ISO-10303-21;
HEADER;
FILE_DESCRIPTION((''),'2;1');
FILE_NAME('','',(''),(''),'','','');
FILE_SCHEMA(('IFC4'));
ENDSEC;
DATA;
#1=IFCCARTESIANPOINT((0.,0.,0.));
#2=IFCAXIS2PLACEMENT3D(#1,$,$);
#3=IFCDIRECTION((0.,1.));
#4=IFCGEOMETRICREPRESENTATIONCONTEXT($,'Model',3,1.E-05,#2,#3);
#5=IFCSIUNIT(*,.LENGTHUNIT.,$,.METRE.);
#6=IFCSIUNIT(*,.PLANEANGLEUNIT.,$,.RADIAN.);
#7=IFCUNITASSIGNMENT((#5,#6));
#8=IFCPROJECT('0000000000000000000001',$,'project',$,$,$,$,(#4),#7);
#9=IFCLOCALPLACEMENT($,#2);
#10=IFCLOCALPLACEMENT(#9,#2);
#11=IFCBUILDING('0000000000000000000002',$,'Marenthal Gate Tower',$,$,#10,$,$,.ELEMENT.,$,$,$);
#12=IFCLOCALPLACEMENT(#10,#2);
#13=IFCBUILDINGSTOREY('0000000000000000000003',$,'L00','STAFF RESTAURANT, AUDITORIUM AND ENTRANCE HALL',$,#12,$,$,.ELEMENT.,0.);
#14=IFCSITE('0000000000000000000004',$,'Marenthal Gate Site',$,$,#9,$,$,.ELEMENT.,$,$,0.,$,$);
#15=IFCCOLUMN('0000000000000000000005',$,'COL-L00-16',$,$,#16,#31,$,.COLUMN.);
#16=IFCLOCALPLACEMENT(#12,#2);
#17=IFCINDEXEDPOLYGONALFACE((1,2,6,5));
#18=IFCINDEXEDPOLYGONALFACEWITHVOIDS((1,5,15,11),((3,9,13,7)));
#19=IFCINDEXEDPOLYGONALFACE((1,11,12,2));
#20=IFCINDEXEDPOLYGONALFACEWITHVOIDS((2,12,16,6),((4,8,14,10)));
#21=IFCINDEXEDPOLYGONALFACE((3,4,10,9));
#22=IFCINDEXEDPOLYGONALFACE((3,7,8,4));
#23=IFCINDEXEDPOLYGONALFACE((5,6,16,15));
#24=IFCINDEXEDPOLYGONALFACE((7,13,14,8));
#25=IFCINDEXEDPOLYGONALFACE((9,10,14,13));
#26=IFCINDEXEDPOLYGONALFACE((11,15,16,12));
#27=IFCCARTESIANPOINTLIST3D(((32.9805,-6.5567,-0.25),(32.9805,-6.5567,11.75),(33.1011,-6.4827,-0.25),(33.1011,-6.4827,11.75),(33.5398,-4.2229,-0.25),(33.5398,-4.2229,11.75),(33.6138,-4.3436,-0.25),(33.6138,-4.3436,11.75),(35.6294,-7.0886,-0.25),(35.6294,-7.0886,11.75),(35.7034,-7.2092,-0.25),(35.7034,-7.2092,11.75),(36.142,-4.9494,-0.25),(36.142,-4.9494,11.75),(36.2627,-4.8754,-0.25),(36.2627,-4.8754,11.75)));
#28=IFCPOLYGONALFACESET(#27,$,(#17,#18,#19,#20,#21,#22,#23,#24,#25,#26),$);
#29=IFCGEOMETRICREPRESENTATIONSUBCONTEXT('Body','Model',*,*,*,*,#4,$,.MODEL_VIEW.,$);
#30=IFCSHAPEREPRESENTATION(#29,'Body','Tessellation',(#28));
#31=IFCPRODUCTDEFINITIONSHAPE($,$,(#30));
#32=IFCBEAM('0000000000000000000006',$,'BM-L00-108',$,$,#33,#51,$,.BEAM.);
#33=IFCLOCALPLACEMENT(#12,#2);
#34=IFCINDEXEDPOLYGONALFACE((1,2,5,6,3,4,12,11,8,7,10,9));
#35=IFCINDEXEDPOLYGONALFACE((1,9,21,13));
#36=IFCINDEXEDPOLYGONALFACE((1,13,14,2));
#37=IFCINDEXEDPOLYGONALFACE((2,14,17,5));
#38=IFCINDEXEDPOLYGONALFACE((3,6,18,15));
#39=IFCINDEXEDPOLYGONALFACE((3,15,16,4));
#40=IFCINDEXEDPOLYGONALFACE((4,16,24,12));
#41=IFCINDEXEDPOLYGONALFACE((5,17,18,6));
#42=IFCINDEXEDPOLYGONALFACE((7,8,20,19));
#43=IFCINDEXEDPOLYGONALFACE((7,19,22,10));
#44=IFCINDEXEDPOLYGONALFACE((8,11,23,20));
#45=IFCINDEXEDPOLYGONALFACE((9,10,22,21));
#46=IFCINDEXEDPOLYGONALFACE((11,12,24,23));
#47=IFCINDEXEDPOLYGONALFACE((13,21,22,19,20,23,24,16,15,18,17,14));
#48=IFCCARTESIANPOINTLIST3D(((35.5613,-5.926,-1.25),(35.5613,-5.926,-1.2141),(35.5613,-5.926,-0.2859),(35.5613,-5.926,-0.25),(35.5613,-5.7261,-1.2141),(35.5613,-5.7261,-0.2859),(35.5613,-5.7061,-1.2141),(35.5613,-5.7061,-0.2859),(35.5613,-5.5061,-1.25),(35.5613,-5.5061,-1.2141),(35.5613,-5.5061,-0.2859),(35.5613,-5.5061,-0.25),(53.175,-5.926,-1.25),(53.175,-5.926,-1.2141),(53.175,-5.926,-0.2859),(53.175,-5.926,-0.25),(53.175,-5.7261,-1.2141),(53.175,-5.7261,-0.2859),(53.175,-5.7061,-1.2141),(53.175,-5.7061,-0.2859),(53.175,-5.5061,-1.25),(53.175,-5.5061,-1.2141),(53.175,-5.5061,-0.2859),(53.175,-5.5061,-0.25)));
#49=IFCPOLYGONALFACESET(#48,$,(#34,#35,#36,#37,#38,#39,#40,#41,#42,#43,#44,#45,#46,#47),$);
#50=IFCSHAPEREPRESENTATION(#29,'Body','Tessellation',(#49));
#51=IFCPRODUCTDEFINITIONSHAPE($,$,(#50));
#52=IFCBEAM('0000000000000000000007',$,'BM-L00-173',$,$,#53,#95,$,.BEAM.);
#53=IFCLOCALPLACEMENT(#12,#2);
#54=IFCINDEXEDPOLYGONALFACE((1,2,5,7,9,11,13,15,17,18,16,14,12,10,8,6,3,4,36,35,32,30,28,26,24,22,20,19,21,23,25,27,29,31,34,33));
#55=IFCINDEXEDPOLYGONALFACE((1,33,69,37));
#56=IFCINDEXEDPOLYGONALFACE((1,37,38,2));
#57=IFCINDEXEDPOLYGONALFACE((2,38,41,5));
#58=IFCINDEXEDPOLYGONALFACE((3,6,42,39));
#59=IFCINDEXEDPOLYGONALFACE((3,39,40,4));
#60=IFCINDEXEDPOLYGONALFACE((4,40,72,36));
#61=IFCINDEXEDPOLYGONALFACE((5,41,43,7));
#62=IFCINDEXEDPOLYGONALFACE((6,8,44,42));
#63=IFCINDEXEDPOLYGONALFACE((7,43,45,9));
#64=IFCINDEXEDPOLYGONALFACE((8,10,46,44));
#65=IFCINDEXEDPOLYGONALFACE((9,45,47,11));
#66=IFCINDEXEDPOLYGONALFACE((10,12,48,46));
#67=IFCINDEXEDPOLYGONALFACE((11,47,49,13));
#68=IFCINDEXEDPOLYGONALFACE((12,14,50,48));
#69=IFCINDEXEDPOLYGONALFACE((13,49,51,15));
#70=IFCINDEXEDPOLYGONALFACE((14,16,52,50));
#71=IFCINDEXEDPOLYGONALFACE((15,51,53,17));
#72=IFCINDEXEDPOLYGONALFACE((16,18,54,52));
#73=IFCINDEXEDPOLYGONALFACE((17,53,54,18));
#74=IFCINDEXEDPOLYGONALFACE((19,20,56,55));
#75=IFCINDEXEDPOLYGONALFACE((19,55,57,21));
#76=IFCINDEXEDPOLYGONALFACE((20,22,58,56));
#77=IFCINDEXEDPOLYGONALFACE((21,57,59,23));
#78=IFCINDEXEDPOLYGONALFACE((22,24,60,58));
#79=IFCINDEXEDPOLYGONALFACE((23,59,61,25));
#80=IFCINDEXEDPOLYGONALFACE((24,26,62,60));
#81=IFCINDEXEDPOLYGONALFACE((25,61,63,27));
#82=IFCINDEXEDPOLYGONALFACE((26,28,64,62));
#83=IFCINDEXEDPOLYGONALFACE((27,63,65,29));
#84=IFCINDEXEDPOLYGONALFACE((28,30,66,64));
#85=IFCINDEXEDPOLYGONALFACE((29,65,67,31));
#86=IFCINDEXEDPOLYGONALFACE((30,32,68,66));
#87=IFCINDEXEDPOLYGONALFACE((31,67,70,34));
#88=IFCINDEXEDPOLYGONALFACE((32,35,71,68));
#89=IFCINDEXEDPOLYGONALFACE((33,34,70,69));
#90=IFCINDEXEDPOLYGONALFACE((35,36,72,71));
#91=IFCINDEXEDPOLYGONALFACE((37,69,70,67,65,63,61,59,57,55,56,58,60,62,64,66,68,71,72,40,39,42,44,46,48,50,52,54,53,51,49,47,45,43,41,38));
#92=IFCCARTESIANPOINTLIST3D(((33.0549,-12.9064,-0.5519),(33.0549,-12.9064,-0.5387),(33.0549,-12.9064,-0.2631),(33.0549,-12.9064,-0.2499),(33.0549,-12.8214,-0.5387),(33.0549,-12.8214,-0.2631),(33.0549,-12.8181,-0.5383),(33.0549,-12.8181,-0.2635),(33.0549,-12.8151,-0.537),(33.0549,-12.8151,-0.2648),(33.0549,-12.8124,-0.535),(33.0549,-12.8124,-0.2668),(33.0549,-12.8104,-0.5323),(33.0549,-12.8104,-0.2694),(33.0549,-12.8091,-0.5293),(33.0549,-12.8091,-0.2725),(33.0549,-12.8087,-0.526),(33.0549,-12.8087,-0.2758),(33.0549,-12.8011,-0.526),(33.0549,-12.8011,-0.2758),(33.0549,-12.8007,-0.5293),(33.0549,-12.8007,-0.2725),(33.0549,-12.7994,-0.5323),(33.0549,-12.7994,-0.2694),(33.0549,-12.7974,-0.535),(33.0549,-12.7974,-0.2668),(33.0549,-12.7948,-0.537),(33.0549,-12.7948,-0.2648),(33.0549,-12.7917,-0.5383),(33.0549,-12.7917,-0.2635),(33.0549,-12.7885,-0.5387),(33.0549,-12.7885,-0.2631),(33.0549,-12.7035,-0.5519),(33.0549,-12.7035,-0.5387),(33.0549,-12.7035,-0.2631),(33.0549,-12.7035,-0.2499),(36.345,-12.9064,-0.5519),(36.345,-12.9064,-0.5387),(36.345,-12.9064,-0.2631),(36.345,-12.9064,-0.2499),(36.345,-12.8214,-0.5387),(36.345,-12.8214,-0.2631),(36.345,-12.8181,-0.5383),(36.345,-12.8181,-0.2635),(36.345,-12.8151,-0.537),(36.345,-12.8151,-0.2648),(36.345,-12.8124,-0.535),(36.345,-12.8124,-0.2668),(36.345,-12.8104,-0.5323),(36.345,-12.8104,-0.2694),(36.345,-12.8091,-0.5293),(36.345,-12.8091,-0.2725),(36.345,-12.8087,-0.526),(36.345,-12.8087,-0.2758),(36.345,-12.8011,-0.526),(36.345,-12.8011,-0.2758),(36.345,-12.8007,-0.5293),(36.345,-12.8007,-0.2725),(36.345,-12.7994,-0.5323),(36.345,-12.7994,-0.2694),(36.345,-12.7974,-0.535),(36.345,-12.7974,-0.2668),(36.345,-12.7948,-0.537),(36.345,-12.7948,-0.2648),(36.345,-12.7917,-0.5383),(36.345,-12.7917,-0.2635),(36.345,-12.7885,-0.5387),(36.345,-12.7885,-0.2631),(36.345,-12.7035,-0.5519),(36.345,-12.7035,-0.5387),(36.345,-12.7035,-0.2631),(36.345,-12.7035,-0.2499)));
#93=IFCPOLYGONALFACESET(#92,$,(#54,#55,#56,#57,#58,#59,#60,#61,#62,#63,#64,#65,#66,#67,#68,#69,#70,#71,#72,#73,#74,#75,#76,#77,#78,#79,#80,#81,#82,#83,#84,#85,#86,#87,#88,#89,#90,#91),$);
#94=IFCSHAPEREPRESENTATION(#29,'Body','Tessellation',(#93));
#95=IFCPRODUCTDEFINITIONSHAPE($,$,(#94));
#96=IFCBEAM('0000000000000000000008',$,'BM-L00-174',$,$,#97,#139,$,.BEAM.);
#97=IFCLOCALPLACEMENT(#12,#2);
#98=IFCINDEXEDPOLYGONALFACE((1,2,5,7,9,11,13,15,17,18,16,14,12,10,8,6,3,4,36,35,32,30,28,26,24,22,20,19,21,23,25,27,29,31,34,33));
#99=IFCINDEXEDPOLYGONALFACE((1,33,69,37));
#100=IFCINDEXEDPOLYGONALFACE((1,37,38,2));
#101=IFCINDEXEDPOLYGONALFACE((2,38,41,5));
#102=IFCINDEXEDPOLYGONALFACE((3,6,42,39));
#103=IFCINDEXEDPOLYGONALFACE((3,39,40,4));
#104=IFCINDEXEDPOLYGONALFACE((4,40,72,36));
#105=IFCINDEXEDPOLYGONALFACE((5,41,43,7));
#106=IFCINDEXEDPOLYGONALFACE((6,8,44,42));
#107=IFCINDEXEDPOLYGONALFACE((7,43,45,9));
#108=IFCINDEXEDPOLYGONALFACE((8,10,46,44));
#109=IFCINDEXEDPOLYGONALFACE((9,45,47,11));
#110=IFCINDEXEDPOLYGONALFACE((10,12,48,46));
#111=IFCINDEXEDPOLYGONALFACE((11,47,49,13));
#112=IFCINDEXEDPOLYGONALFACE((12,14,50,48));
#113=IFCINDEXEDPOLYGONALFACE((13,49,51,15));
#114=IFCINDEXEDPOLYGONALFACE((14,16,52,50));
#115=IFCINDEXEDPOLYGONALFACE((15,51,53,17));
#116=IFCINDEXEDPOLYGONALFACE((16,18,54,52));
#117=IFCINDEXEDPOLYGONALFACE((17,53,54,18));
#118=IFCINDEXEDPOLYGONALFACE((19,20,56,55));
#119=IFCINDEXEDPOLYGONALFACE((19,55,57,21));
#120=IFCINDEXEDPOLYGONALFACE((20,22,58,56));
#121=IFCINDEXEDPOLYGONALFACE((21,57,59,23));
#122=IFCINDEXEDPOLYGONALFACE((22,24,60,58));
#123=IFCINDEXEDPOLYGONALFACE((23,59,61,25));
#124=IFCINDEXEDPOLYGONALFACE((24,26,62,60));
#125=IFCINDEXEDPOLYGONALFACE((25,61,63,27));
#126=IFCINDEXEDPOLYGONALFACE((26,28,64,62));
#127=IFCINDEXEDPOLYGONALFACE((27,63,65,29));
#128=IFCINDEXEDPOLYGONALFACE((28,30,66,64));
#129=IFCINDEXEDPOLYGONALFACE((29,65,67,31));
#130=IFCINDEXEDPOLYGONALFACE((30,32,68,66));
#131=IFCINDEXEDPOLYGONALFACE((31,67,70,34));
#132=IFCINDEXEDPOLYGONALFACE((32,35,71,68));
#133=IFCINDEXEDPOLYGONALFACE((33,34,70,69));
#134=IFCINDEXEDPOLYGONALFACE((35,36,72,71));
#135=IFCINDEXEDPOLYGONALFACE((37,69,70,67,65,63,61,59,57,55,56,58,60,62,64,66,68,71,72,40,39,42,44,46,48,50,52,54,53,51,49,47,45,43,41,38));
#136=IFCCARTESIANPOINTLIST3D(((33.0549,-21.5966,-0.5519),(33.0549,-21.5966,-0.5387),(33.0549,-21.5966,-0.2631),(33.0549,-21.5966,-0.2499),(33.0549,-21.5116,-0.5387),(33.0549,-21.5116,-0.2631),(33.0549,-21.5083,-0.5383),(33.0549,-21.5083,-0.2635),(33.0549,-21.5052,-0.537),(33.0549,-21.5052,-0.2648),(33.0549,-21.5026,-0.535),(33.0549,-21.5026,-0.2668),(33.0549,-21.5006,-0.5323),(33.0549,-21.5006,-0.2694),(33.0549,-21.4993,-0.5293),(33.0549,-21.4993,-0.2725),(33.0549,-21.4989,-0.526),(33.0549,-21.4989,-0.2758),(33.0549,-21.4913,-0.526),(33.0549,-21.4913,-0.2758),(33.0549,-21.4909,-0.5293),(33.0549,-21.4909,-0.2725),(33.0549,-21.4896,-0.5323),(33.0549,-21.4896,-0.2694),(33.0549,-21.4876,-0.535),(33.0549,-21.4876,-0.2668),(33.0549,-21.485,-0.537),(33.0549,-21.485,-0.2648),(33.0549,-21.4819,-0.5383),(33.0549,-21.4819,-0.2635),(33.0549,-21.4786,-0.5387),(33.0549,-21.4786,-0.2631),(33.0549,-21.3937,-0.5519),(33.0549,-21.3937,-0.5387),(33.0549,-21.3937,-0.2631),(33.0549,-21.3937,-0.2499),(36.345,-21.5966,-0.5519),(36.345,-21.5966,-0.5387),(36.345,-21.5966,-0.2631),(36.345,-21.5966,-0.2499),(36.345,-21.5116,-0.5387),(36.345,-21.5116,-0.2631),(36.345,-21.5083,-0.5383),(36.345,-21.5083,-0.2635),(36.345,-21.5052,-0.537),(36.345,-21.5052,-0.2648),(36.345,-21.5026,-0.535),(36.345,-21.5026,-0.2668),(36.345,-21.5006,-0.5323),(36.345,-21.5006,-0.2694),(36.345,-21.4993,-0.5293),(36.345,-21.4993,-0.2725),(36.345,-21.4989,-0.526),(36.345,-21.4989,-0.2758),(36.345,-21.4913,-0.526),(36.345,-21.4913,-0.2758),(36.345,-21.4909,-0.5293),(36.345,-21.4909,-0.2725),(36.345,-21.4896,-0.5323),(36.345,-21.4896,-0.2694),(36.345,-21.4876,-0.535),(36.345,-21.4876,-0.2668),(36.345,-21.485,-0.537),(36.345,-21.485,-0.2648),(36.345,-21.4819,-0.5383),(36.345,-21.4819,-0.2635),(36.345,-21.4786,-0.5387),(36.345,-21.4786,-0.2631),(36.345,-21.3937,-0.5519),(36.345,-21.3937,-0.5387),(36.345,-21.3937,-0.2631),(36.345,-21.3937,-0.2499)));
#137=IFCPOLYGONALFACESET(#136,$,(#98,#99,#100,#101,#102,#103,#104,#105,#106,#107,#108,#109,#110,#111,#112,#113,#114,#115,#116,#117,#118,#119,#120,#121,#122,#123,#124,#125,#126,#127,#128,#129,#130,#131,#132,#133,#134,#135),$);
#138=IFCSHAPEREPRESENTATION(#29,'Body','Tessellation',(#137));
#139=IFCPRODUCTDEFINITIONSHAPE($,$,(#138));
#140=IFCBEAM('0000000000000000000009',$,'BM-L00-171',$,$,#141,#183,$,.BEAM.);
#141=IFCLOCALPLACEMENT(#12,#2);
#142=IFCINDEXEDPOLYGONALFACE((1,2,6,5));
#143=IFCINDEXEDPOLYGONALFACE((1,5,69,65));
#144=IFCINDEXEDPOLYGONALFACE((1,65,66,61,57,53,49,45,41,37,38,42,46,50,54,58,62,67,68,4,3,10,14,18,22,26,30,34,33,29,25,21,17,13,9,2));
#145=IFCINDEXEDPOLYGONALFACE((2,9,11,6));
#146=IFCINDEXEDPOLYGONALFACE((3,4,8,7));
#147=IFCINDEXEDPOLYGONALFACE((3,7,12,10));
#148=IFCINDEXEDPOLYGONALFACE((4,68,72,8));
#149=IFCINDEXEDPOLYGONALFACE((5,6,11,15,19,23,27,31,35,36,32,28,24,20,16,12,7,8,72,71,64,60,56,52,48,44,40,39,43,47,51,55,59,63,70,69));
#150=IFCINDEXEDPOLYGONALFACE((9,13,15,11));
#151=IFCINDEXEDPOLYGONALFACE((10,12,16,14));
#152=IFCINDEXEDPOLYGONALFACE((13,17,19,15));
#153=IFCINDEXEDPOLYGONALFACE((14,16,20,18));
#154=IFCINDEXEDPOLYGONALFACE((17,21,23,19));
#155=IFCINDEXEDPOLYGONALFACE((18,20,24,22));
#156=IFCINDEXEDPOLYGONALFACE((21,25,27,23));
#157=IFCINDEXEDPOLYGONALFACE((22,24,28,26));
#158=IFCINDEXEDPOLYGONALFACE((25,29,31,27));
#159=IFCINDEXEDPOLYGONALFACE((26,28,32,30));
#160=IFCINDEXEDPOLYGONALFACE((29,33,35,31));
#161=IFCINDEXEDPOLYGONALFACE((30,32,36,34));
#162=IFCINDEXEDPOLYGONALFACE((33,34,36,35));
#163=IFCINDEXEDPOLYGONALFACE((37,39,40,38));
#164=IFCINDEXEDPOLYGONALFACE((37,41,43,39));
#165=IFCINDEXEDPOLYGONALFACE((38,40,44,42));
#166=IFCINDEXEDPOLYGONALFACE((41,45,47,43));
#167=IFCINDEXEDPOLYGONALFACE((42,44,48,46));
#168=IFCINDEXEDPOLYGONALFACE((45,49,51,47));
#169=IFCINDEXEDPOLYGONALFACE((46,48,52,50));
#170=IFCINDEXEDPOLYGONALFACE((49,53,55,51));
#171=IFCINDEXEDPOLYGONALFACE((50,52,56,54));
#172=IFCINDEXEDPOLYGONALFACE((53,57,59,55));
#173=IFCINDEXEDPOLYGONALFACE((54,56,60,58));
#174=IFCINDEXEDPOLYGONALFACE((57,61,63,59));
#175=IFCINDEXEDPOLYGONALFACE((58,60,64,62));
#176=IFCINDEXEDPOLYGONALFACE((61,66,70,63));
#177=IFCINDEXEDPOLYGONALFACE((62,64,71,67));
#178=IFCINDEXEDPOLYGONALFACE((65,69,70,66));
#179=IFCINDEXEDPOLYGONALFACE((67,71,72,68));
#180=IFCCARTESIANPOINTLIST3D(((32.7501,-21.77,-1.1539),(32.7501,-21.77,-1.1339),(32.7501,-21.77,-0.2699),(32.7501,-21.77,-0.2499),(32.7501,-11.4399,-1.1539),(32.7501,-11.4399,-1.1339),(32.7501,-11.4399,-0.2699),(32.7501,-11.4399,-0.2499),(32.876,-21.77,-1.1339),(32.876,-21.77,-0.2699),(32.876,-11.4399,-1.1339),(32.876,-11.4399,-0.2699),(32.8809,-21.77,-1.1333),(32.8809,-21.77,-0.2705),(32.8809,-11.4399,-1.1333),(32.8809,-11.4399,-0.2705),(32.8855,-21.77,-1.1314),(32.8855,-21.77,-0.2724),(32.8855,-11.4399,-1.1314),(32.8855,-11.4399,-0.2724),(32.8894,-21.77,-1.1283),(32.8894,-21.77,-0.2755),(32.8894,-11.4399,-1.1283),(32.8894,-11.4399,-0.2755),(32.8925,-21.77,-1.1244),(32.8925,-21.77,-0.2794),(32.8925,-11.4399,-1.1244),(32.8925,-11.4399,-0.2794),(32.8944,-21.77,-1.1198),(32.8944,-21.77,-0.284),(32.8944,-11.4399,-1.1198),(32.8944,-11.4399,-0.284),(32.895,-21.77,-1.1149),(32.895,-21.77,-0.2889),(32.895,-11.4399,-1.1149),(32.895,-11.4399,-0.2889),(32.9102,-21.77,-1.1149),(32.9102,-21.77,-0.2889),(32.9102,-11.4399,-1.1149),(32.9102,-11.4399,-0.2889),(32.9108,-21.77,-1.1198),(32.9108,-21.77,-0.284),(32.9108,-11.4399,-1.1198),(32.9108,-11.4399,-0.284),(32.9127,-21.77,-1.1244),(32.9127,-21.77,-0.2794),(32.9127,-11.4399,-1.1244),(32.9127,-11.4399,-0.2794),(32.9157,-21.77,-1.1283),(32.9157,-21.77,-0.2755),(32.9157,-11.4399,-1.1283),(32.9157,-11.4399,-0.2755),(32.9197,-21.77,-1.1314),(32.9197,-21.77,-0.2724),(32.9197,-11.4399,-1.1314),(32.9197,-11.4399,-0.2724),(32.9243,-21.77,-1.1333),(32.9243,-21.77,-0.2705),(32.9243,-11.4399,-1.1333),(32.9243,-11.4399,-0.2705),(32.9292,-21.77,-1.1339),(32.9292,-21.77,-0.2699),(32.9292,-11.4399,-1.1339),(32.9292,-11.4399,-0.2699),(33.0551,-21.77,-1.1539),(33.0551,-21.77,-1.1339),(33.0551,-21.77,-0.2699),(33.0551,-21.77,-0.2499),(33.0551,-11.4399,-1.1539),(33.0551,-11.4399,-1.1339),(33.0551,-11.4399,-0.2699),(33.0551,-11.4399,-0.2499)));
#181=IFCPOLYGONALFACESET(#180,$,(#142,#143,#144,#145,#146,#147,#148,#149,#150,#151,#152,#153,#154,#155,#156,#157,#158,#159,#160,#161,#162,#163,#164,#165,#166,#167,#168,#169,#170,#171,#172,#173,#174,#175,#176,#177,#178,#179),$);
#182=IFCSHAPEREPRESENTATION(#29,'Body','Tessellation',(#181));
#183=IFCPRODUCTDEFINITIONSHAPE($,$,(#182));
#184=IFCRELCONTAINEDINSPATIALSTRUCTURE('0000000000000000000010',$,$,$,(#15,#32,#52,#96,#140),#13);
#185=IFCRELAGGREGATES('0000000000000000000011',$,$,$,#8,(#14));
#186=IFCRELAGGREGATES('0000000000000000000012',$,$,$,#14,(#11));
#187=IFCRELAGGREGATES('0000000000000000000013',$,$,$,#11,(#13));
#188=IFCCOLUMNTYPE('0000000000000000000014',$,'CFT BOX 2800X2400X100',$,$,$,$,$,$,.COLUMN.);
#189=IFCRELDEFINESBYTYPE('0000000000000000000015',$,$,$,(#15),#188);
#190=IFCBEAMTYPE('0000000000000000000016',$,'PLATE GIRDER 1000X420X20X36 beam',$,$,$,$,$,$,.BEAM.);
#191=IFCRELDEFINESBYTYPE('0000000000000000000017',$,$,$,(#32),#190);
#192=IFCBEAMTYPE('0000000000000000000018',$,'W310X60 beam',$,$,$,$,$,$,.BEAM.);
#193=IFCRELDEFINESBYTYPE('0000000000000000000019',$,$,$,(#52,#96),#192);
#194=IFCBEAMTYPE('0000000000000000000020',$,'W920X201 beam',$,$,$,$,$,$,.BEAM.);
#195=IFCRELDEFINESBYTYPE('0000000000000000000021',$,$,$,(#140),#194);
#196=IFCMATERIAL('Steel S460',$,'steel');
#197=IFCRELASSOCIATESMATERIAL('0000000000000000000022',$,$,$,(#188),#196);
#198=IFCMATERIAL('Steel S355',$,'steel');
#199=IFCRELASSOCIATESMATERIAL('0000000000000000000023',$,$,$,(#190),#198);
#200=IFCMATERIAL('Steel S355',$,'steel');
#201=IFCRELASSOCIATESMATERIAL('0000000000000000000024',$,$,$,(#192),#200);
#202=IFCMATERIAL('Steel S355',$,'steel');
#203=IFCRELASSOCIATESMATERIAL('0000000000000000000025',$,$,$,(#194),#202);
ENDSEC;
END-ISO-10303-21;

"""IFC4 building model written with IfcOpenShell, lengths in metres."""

from ifc_helpers import new_model, si_unit, direction, frame, origin, origin_2d, place, context, subcontext, project, spatial, rectangle, hollow_rectangle, i_section, extrude, material, material_profile, profile_set, type_object, element, save


model = new_model("IFC4")

# Units and contexts
model_context = context("Model", 3, precision=1e-05, world=origin(), true_north=direction((0.0, 1.0)))
body_context = subcontext(model_context, "Body", "Model", "MODEL_VIEW")
ifc_project = project(units=[si_unit("LENGTHUNIT", "METRE"), si_unit("PLANEANGLEUNIT", "RADIAN")], contexts=[model_context])

# Site, building, storey
site_placement = place(None, origin())
site = spatial("IfcSite", under=ifc_project, at=site_placement, Name="Marenthal Gate Site", CompositionType="ELEMENT", RefElevation=0.0)
building_placement = place(site_placement, origin())
building = spatial("IfcBuilding", under=site, at=building_placement, Name="Marenthal Gate Tower", CompositionType="ELEMENT")
storey_placement = place(building_placement, origin())
storey = spatial("IfcBuildingStorey", under=building, at=storey_placement, Name="L00", Description="STAFF RESTAURANT, AUDITORIUM AND ENTRANCE HALL", CompositionType="ELEMENT", Elevation=0.0)

# Column
ifc_material_1 = material(Name="Steel S460", Category="steel")
ifc_material_profile_1 = material_profile(ifc_material_1, hollow_rectangle(XDim=2.3999, YDim=2.8, WallThickness=0.1001, at=origin_2d()), Name="CFT BOX 2800X2400X100")
ifc_material_2 = material(Name="Concrete 70 MPa", Category="concrete")
ifc_material_profile_2 = material_profile(ifc_material_2, rectangle(XDim=2.2, YDim=2.6001, at=origin_2d()), Name="CFT BOX 2800X2400X100 INFILL")
ifc_profile_set_1 = profile_set([ifc_material_profile_1, ifc_material_profile_2], Name="Steel S460 shell, Concrete 70 MPa infill")
column_type = type_object("IfcColumnType", Name="CFT BOX 2800X2400X100", PredefinedType="COLUMN", material=ifc_profile_set_1)
column_placement = place(storey_placement, frame((34.6216, -5.7161, -0.25), z_axis=(0.0, 0.0, 1.0), x_axis=(-0.233047, -0.972466, 0.0)))
element("IfcColumn", 1, at=column_placement, inside=storey, type_object=column_type, Name="COL-L00-16", PredefinedType="COLUMN", context=body_context, shape_type="SweptSolid", body=[
    extrude(hollow_rectangle(XDim=2.3999, YDim=2.8, WallThickness=0.1001, at=origin_2d()), origin(), (0.0, 0.0, 1.0), 12.0),
])

# Beams
ifc_material_3 = material(Name="Steel S355", Category="steel")
ifc_material_profile_3 = material_profile(ifc_material_3, i_section(OverallWidth=0.4199, OverallDepth=1.0, WebThickness=0.02, FlangeThickness=0.0359, at=origin_2d()), Name="PLATE GIRDER 1000X420X20X36")
ifc_profile_set_2 = profile_set([ifc_material_profile_3], Name="Steel S355")
beam_type_1 = type_object("IfcBeamType", Name="PLATE GIRDER 1000X420X20X36 beam", PredefinedType="BEAM", material=ifc_profile_set_2)
beam_placement = place(storey_placement, frame((35.5613, -5.7161, -0.75), z_axis=(1.0, 0.0, 0.0), x_axis=(0.0, 1.0, 0.0)))
element("IfcBeam", 2, at=beam_placement, inside=storey, type_object=beam_type_1, Name="BM-L00-108", PredefinedType="BEAM", context=body_context, shape_type="SweptSolid", body=[
    extrude(i_section(OverallWidth=0.4199, OverallDepth=1.0, WebThickness=0.02, FlangeThickness=0.0359, at=origin_2d()), origin(), (0.0, 0.0, 1.0), 17.6138),
])
ifc_material_4 = material(Name="Steel S355", Category="steel")
ifc_material_profile_4 = material_profile(ifc_material_4, i_section(OverallWidth=0.2029, OverallDepth=0.302, WebThickness=0.0076, FlangeThickness=0.0132, FilletRadius=0.0127, at=origin_2d()), Name="W310X60")
ifc_profile_set_3 = profile_set([ifc_material_profile_4], Name="Steel S355")
beam_type_2 = type_object("IfcBeamType", Name="W310X60 beam", PredefinedType="BEAM", material=ifc_profile_set_3)
for number, where, z_axis, x_axis, name in (
    (3, (33.0549, -12.8049, -0.4009), (1.0, 0.0, 0.0), (0.0, 1.0, 0.0), "BM-L00-173"),
    (4, (33.0549, -21.4951, -0.4009), (1.0, 0.0, 0.0), (0.0, 1.0, 0.0), "BM-L00-174"),
):
    element("IfcBeam", number, at=place(storey_placement, frame(where, z_axis=z_axis, x_axis=x_axis)), inside=storey, type_object=beam_type_2, Name=name, PredefinedType="BEAM", context=body_context, shape_type="SweptSolid", body=[
        extrude(i_section(OverallWidth=0.2029, OverallDepth=0.302, WebThickness=0.0076, FlangeThickness=0.0132, FilletRadius=0.0127, at=origin_2d()), origin(), (0.0, 0.0, 1.0), 3.29),
    ])
ifc_material_5 = material(Name="Steel S355", Category="steel")
ifc_material_profile_5 = material_profile(ifc_material_5, i_section(OverallWidth=0.3049, OverallDepth=0.9041, WebThickness=0.0151, FlangeThickness=0.02, FilletRadius=0.019, at=origin_2d()), Name="W920X201")
ifc_profile_set_4 = profile_set([ifc_material_profile_5], Name="Steel S355")
beam_type_3 = type_object("IfcBeamType", Name="W920X201 beam", PredefinedType="BEAM", material=ifc_profile_set_4)
for number, where, z_axis, x_axis, name in (
    (5, (32.9026, -11.4399, -0.7019), (0.0, -1.0, 0.0), (1.0, 0.0, 0.0), "BM-L00-171"),
):
    element("IfcBeam", number, at=place(storey_placement, frame(where, z_axis=z_axis, x_axis=x_axis)), inside=storey, type_object=beam_type_3, Name=name, PredefinedType="BEAM", context=body_context, shape_type="SweptSolid", body=[
        extrude(i_section(OverallWidth=0.3049, OverallDepth=0.9041, WebThickness=0.0151, FlangeThickness=0.02, FilletRadius=0.019, at=origin_2d()), origin(), (0.0, 0.0, 1.0), 10.3301),
    ])

save(model, "model.ifc")
